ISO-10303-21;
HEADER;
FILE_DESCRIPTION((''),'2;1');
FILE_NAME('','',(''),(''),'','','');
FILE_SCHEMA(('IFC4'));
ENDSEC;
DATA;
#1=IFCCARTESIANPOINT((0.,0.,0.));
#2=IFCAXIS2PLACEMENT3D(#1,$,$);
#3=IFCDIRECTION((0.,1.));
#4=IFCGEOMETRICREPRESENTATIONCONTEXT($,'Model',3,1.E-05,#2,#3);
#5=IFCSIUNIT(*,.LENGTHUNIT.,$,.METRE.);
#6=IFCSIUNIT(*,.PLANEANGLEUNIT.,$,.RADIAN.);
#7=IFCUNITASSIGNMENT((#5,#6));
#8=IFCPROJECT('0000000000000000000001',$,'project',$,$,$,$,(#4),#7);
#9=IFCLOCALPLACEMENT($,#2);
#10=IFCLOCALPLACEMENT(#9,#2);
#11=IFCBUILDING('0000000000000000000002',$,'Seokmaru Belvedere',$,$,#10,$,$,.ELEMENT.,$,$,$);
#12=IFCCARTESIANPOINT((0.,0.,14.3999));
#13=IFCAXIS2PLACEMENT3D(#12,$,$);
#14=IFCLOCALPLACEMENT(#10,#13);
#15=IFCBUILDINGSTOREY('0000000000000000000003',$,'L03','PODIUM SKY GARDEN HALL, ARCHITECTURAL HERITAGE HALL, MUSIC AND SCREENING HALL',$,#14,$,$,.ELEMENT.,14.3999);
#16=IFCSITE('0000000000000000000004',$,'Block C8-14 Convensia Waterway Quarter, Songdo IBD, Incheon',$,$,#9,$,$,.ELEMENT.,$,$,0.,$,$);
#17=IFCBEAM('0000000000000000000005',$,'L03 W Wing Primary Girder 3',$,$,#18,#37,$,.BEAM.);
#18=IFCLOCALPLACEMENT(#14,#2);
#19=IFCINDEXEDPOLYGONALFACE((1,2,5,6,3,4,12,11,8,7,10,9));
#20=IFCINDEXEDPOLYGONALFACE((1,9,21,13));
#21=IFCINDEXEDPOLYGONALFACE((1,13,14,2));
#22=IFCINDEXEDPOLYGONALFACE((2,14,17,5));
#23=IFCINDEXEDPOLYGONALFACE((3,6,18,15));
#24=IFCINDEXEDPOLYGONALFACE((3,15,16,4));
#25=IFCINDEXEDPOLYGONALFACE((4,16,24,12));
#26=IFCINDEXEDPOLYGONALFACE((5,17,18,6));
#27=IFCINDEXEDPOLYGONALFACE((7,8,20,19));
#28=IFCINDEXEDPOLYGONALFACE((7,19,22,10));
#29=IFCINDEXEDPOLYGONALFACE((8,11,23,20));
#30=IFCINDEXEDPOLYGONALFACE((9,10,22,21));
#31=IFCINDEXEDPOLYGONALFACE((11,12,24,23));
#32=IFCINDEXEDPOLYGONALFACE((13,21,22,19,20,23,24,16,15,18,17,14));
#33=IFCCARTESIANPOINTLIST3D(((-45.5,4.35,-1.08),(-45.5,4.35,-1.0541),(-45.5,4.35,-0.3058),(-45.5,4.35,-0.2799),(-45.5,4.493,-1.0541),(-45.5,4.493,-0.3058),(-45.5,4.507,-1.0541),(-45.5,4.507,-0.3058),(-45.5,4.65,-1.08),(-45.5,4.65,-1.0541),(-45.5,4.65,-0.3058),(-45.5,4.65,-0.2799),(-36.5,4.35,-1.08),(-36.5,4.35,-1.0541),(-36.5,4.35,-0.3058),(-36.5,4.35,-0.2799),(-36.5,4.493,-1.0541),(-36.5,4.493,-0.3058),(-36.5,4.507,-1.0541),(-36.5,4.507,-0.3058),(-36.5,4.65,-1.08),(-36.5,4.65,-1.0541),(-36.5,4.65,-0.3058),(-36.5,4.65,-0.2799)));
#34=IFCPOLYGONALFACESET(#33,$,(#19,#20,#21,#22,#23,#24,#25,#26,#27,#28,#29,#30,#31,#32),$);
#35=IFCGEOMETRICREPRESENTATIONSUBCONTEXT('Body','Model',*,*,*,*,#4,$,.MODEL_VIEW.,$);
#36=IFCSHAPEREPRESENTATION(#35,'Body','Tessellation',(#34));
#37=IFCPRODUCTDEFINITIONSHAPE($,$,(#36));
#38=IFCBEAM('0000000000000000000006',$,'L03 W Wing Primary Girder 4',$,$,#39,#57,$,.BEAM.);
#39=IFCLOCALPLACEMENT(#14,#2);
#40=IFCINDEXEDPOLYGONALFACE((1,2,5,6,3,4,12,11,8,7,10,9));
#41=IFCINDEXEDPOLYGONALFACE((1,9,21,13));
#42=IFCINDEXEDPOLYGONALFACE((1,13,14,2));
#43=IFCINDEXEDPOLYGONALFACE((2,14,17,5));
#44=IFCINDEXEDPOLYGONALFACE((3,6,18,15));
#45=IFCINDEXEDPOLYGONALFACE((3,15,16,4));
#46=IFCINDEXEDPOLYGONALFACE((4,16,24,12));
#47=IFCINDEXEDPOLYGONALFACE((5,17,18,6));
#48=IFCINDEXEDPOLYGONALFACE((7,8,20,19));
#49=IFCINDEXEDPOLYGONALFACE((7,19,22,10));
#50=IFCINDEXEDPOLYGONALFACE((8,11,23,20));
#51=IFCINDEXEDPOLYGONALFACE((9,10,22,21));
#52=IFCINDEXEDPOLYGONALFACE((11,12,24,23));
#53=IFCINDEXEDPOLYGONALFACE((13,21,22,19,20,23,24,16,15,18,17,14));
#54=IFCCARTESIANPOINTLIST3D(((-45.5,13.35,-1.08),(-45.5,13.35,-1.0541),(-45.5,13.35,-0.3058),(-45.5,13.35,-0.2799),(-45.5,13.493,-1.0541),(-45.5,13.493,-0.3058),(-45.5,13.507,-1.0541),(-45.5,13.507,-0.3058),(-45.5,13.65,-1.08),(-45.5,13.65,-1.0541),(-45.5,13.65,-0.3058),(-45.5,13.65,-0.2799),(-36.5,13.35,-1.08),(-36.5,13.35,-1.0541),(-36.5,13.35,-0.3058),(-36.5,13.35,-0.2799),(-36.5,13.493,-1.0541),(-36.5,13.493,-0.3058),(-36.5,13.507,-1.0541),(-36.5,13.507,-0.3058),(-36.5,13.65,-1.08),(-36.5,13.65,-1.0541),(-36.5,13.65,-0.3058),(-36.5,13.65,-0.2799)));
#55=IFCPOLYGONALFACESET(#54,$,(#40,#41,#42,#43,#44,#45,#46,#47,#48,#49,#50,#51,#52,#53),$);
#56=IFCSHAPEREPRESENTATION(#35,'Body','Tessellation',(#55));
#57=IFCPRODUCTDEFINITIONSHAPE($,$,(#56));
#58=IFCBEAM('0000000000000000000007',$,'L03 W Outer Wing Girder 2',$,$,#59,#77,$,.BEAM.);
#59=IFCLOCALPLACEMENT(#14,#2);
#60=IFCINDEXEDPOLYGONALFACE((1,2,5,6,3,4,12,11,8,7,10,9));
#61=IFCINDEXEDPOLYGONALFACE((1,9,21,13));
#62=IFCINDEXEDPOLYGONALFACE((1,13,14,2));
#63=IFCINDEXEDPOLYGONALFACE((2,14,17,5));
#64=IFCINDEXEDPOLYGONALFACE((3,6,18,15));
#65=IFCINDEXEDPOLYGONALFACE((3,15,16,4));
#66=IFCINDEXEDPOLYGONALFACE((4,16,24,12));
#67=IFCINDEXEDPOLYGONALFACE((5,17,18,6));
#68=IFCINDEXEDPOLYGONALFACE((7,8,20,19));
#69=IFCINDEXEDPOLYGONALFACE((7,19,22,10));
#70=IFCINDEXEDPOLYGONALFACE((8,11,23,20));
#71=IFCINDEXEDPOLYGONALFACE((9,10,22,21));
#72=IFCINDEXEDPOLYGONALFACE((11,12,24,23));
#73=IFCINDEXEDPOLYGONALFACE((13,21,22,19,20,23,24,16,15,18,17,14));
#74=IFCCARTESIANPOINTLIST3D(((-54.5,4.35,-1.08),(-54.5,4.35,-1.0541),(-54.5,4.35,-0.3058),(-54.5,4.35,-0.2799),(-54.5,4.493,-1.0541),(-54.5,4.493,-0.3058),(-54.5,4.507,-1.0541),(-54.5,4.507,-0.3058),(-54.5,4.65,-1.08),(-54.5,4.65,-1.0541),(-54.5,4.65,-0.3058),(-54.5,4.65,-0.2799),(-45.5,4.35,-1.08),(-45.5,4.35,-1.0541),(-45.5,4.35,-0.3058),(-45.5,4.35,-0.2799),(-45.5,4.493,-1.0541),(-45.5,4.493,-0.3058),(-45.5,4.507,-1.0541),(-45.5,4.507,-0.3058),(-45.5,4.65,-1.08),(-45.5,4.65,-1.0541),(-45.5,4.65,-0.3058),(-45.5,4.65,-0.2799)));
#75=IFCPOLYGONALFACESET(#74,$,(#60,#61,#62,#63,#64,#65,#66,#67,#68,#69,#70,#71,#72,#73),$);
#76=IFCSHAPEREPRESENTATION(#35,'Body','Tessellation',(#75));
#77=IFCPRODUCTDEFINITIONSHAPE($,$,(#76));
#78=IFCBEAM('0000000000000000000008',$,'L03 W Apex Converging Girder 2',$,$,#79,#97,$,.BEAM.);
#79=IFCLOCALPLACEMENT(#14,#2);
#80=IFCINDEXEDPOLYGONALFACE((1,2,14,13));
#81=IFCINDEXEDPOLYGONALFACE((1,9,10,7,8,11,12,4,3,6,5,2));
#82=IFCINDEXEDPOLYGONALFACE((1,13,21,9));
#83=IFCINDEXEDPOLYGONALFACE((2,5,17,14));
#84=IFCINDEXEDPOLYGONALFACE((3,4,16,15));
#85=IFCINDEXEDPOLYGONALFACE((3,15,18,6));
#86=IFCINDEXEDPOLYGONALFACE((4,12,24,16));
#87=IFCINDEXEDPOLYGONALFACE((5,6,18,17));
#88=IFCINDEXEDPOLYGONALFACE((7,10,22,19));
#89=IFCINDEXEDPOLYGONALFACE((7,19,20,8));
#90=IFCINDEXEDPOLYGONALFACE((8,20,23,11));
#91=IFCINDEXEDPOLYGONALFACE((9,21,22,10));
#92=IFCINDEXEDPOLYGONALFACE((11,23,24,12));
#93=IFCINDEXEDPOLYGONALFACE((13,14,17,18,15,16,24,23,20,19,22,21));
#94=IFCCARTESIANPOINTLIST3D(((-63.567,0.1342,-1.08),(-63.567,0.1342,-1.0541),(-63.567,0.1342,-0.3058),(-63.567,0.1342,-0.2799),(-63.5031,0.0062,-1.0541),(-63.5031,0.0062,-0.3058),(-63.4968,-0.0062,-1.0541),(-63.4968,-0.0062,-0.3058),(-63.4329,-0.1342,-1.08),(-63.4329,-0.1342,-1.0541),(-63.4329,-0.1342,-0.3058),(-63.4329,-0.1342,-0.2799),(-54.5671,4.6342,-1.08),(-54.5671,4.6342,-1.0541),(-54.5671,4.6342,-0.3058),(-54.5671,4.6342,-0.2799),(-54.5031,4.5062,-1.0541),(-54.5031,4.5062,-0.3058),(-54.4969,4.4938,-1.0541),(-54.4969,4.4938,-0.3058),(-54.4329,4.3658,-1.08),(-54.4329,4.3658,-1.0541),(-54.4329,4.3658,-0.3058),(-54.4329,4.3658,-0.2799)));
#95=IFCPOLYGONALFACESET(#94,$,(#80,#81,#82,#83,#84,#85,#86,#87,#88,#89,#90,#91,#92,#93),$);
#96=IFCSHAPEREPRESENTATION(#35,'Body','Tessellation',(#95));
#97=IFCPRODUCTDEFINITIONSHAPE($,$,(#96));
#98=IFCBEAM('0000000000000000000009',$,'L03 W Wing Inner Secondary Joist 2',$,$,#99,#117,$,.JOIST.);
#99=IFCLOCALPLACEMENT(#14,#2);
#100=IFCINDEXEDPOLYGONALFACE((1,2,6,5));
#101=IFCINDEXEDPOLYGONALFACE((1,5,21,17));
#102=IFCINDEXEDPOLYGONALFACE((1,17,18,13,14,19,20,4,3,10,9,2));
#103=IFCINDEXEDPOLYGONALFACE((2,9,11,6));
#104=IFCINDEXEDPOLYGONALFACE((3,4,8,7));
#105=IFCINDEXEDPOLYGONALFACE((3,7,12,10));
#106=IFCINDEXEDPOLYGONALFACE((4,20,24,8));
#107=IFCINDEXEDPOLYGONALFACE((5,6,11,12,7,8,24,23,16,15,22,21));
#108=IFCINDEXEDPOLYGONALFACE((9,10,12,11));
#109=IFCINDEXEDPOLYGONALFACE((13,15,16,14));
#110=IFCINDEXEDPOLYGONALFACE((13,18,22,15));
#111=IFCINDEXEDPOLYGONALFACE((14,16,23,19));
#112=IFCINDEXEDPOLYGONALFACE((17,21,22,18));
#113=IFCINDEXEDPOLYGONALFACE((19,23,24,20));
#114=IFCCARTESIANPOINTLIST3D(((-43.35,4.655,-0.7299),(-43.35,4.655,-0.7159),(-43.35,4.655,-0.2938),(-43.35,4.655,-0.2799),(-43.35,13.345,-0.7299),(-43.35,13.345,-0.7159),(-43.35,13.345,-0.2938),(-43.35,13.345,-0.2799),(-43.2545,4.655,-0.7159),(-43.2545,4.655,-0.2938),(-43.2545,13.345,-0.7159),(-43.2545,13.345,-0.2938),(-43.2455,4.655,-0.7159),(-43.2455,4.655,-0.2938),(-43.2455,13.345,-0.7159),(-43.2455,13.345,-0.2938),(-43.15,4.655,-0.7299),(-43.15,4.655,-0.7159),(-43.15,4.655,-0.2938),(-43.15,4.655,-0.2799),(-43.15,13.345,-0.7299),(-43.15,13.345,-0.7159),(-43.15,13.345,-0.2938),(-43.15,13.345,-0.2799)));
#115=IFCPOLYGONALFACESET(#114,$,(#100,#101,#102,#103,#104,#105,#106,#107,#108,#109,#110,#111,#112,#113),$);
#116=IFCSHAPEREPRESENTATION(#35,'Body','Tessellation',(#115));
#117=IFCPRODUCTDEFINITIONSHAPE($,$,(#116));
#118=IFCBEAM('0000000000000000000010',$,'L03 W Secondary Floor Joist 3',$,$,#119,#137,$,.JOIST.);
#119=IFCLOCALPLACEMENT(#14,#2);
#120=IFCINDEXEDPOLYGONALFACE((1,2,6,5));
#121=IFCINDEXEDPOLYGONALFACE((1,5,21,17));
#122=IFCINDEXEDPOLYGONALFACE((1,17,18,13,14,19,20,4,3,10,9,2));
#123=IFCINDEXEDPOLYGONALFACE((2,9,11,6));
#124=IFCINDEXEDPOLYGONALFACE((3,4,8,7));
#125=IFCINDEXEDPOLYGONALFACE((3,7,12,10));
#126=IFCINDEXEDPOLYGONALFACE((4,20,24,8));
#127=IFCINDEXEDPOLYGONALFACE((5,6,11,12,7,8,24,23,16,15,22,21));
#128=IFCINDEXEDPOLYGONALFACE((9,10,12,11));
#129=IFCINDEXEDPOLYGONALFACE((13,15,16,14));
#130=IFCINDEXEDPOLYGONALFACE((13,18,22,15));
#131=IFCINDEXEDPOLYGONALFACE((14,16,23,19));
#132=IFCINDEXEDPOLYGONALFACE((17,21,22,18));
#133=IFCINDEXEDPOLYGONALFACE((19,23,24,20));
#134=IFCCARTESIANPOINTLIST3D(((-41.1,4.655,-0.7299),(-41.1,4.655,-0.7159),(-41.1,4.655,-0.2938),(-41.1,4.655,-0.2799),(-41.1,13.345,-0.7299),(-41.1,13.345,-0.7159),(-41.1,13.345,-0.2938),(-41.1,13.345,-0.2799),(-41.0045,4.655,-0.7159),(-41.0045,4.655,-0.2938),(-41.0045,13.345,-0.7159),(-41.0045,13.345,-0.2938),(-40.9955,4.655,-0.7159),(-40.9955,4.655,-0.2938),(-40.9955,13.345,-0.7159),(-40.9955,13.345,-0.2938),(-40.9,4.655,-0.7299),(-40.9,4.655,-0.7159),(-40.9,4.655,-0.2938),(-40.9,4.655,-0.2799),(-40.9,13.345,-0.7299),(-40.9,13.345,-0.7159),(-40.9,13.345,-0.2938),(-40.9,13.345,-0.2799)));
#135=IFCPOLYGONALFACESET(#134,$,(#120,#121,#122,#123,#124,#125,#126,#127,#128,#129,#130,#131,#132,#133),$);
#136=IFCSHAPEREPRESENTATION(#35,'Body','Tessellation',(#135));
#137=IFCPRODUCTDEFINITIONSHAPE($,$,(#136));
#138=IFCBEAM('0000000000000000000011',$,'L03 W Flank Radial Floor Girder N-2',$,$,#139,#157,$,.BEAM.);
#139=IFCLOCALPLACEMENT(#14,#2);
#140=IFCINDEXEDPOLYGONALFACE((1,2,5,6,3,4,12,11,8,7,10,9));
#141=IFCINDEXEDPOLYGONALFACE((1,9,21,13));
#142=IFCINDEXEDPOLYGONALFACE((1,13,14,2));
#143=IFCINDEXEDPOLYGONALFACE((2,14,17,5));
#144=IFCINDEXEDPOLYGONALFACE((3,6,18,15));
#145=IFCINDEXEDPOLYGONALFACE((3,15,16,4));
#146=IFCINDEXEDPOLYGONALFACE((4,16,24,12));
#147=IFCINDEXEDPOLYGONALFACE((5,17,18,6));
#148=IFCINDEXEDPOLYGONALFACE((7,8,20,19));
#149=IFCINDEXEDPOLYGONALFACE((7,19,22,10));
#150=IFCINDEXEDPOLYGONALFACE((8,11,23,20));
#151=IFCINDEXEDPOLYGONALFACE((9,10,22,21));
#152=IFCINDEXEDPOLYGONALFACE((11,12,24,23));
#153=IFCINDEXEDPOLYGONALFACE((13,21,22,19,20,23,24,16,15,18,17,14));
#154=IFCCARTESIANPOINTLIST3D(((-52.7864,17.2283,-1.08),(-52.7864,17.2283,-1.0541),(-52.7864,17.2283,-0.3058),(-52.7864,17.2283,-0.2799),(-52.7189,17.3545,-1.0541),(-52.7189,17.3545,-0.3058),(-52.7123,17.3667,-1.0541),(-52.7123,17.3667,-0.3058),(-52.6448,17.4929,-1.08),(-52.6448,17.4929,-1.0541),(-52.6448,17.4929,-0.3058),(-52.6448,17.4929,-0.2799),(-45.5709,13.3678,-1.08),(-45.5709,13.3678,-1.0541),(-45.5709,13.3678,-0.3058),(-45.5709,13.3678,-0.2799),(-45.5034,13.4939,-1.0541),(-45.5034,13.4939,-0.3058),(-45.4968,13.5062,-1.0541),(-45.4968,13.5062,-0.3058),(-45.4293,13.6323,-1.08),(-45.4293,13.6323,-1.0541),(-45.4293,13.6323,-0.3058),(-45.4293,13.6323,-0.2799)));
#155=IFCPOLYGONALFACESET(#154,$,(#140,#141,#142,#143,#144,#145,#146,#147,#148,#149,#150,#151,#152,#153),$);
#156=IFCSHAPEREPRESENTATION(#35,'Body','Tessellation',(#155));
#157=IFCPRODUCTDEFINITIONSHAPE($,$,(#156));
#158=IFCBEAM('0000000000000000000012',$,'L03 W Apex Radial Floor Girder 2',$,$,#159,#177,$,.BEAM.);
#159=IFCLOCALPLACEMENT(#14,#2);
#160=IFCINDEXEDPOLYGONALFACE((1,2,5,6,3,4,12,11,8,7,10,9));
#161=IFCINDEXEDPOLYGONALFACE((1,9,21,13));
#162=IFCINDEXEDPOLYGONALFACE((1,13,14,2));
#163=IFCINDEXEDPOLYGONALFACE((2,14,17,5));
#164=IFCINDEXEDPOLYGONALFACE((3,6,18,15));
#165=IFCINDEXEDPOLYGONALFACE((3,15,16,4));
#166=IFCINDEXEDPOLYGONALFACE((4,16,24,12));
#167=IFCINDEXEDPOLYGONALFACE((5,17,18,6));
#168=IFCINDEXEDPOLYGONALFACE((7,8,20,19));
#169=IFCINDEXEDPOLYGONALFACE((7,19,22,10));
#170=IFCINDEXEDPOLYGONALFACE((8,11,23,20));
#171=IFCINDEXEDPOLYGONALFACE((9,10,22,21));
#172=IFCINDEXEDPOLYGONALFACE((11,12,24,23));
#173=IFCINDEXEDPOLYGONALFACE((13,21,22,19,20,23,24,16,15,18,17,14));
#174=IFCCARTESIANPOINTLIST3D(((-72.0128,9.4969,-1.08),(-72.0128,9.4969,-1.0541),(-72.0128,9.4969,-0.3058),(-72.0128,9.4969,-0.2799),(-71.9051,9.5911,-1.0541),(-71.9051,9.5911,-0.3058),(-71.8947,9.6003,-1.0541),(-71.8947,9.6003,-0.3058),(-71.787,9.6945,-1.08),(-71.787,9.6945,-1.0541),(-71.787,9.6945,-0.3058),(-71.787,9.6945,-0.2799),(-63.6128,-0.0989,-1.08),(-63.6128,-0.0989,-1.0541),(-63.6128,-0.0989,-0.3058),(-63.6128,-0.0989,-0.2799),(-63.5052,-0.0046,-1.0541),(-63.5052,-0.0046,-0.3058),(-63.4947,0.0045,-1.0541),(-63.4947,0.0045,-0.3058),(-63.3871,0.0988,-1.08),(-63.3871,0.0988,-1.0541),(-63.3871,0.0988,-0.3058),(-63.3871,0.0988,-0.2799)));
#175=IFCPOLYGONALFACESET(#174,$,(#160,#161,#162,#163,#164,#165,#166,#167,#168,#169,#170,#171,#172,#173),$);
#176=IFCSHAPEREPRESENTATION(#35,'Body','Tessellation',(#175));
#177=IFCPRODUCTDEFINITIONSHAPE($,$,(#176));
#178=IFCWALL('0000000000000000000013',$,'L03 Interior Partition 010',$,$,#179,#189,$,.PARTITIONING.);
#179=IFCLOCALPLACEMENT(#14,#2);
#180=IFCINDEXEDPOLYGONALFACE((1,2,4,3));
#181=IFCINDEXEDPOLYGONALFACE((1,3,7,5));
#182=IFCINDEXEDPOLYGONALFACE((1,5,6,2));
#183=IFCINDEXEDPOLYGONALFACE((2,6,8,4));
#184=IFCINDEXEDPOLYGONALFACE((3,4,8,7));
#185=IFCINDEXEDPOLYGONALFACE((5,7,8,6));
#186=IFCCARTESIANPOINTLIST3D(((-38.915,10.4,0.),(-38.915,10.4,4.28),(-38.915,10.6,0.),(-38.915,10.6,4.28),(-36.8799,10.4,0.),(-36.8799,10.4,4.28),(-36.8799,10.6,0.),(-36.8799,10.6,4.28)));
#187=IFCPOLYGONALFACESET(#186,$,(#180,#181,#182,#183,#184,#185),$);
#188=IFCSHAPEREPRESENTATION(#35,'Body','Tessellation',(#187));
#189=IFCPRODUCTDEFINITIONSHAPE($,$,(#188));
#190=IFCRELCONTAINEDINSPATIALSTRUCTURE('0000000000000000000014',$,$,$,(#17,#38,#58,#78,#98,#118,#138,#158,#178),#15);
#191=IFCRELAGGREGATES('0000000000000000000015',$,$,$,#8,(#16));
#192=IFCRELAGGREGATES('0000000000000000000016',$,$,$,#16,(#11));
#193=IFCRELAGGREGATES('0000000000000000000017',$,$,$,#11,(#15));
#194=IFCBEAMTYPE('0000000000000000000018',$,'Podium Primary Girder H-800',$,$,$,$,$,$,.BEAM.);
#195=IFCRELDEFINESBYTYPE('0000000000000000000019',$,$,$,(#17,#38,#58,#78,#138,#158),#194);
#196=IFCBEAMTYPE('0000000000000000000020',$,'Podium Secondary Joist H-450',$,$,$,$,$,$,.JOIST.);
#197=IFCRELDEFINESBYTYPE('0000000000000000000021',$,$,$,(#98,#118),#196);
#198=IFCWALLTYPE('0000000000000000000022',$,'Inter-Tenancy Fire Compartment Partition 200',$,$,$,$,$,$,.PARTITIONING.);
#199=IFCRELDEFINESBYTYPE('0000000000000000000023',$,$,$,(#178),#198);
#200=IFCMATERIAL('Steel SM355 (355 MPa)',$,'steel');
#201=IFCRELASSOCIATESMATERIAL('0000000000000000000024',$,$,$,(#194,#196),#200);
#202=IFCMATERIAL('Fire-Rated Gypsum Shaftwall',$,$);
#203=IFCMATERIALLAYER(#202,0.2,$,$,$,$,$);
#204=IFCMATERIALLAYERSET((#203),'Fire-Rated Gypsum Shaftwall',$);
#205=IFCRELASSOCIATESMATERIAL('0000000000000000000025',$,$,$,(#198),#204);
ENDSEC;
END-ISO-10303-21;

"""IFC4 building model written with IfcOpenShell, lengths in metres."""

from ifc_helpers import new_model, si_unit, direction, frame, frame_2d, origin, origin_2d, place, context, subcontext, project, spatial, rectangle, i_section, extrude, source, transform, mapped, material, layer, layer_set, material_profile, profile_set, type_object, type_shapes, element, save


model = new_model("IFC4")

# Units and contexts
model_context = context("Model", 3, precision=1e-05, world=origin(), true_north=direction((0.0, 1.0)))
body_context = subcontext(model_context, "Body", "Model", "MODEL_VIEW")
ifc_project = project(units=[si_unit("LENGTHUNIT", "METRE"), si_unit("PLANEANGLEUNIT", "RADIAN")], contexts=[model_context])

# Site, building, storey
site_placement = place(None, origin())
site = spatial("IfcSite", under=ifc_project, at=site_placement, Name="Block C8-14 Convensia Waterway Quarter, Songdo IBD, Incheon", CompositionType="ELEMENT", RefElevation=0.0)
building_placement = place(site_placement, origin())
building = spatial("IfcBuilding", under=site, at=building_placement, Name="Seokmaru Belvedere", CompositionType="ELEMENT")
storey_placement = place(building_placement, frame((0.0, 0.0, 14.3999)))
storey = spatial("IfcBuildingStorey", under=building, at=storey_placement, Name="L03", Description="PODIUM SKY GARDEN HALL, ARCHITECTURAL HERITAGE HALL, MUSIC AND SCREENING HALL", CompositionType="ELEMENT", Elevation=14.3999)

# Shared definitions
ifc_material_1 = material(Name="Steel SM355 (355 MPa)", Category="steel")

# Beams
ifc_material_profile_1 = material_profile(ifc_material_1, i_section(OverallWidth=0.3, OverallDepth=0.8, WebThickness=0.0139, FlangeThickness=0.0259, at=origin_2d()), Name="H-800x300x14x26")
ifc_profile_set_1 = profile_set([ifc_material_profile_1], Name="Steel SM355 (355 MPa)")
beam_type_1 = type_object("IfcBeamType", Name="Podium Primary Girder H-800", PredefinedType="BEAM", material=ifc_profile_set_1)
shared_shape_1 = source(origin(), body_context, "Body", "SweptSolid", [
    extrude(i_section(OverallWidth=0.3, OverallDepth=0.8, WebThickness=0.0139, FlangeThickness=0.0259, at=origin_2d()), origin(), (0.0, 0.0, 1.0), 9.0),
])
for number, where, z_axis, x_axis, name in (
    (1, (-45.5, 4.5, -0.6799), (1.0, 0.0, 0.0), (0.0, 1.0, 0.0), "L03 W Wing Primary Girder 3"),
    (2, (-45.5, 13.5, -0.6799), (1.0, 0.0, 0.0), (0.0, 1.0, 0.0), "L03 W Wing Primary Girder 4"),
    (3, (-54.5, 4.5, -0.6799), (1.0, 0.0, 0.0), (0.0, 1.0, 0.0), "L03 W Outer Wing Girder 2"),
):
    element("IfcBeam", number, at=place(storey_placement, frame(where, z_axis=z_axis, x_axis=x_axis)), inside=storey, type_object=beam_type_1, Name=name, PredefinedType="BEAM", context=body_context, shape_type="MappedRepresentation", body=[
        mapped(shared_shape_1, transform((0.0, 0.0, 0.0), scale=1.0)),
    ])
shared_shape_2 = source(origin(), body_context, "Body", "SweptSolid", [
    extrude(i_section(OverallWidth=0.3, OverallDepth=0.8, WebThickness=0.0139, FlangeThickness=0.0259, at=origin_2d()), origin(), (0.0, 0.0, 1.0), 10.0623),
])
beam_1_placement = place(storey_placement, frame((-54.5, 4.5, -0.6799), z_axis=(-0.894427, -0.447214, 0.0), x_axis=(0.447214, -0.894427, 0.0)))
element("IfcBeam", 4, at=beam_1_placement, inside=storey, type_object=beam_type_1, Name="L03 W Apex Converging Girder 2", PredefinedType="BEAM", context=body_context, shape_type="MappedRepresentation", body=[
    mapped(shared_shape_2, transform((0.0, 0.0, 0.0), scale=1.0)),
])
ifc_material_profile_2 = material_profile(ifc_material_1, i_section(OverallWidth=0.2, OverallDepth=0.45, WebThickness=0.009, FlangeThickness=0.0139, at=origin_2d()), Name="H-450x200x9x14")
ifc_profile_set_2 = profile_set([ifc_material_profile_2], Name="Steel SM355 (355 MPa)")
beam_type_2 = type_object("IfcBeamType", Name="Podium Secondary Joist H-450", PredefinedType="JOIST", material=ifc_profile_set_2)
shared_shape_3 = source(origin(), body_context, "Body", "SweptSolid", [
    extrude(i_section(OverallWidth=0.2, OverallDepth=0.45, WebThickness=0.009, FlangeThickness=0.0139, at=origin_2d()), origin(), (0.0, 0.0, 1.0), 8.6899),
])
type_shapes(beam_type_2, [shared_shape_3])
for number, where, z_axis, x_axis, name in (
    (5, (-43.25, 4.655, -0.5049), (0.0, 1.0, 0.0), (-1.0, 0.0, 0.0), "L03 W Wing Inner Secondary Joist 2"),
    (6, (-41.0, 4.655, -0.5049), (0.0, 1.0, 0.0), (-1.0, 0.0, 0.0), "L03 W Secondary Floor Joist 3"),
):
    element("IfcBeam", number, at=place(storey_placement, frame(where, z_axis=z_axis, x_axis=x_axis)), inside=storey, type_object=beam_type_2, Name=name, PredefinedType="JOIST", context=body_context, shape_type="MappedRepresentation", body=[
        mapped(shared_shape_3, transform((0.0, 0.0, 0.0), scale=1.0)),
    ])
shared_shape_4 = source(origin(), body_context, "Body", "SweptSolid", [
    extrude(i_section(OverallWidth=0.3, OverallDepth=0.8, WebThickness=0.0139, FlangeThickness=0.0259, at=origin_2d()), origin(), (0.0, 0.0, 1.0), 8.1833),
])
beam_2_placement = place(storey_placement, frame((-52.7156, 17.3606, -0.6799), z_axis=(0.881729, -0.471757, 0.0), x_axis=(0.471757, 0.881729, 0.0)))
element("IfcBeam", 7, at=beam_2_placement, inside=storey, type_object=beam_type_1, Name="L03 W Flank Radial Floor Girder N-2", PredefinedType="BEAM", context=body_context, shape_type="MappedRepresentation", body=[
    mapped(shared_shape_4, transform((0.0, 0.0, 0.0), scale=1.0)),
])
shared_shape_5 = source(origin(), body_context, "Body", "SweptSolid", [
    extrude(i_section(OverallWidth=0.3, OverallDepth=0.8, WebThickness=0.0139, FlangeThickness=0.0259, at=origin_2d()), origin(), (0.0, 0.0, 1.0), 12.7529),
])
type_shapes(beam_type_1, [shared_shape_1, shared_shape_2, shared_shape_4, shared_shape_5])
beam_3_placement = place(storey_placement, frame((-71.8999, 9.5957, -0.6799), z_axis=(0.658667, -0.752434, 0.0), x_axis=(0.752434, 0.658667, 0.0)))
element("IfcBeam", 8, at=beam_3_placement, inside=storey, type_object=beam_type_1, Name="L03 W Apex Radial Floor Girder 2", PredefinedType="BEAM", context=body_context, shape_type="MappedRepresentation", body=[
    mapped(shared_shape_5, transform((0.0, 0.0, 0.0), scale=1.0)),
])

# Wall
ifc_material_2 = material(Name="Fire-Rated Gypsum Shaftwall")
ifc_layer_1 = layer(ifc_material_2, 0.2)
ifc_layer_set_1 = layer_set([ifc_layer_1], Name="Fire-Rated Gypsum Shaftwall")
wall_type_1 = type_object("IfcWallType", Name="Inter-Tenancy Fire Compartment Partition 200", PredefinedType="PARTITIONING", material=ifc_layer_set_1)
wall_1_placement = place(storey_placement, frame((-38.915, 10.5, 0.0), z_axis=(0.0, 0.0, 1.0), x_axis=(1.0, 0.0, 0.0)))
element("IfcWall", 9, at=wall_1_placement, inside=storey, type_object=wall_type_1, Name="L03 Interior Partition 010", PredefinedType="PARTITIONING", context=body_context, shape_type="SweptSolid", body=[
    extrude(rectangle(XDim=2.0352, YDim=0.2, at=frame_2d((1.0176, 0.0))), origin(), (0.0, 0.0, 1.0), 4.28),
])

save(model, "model.ifc")
